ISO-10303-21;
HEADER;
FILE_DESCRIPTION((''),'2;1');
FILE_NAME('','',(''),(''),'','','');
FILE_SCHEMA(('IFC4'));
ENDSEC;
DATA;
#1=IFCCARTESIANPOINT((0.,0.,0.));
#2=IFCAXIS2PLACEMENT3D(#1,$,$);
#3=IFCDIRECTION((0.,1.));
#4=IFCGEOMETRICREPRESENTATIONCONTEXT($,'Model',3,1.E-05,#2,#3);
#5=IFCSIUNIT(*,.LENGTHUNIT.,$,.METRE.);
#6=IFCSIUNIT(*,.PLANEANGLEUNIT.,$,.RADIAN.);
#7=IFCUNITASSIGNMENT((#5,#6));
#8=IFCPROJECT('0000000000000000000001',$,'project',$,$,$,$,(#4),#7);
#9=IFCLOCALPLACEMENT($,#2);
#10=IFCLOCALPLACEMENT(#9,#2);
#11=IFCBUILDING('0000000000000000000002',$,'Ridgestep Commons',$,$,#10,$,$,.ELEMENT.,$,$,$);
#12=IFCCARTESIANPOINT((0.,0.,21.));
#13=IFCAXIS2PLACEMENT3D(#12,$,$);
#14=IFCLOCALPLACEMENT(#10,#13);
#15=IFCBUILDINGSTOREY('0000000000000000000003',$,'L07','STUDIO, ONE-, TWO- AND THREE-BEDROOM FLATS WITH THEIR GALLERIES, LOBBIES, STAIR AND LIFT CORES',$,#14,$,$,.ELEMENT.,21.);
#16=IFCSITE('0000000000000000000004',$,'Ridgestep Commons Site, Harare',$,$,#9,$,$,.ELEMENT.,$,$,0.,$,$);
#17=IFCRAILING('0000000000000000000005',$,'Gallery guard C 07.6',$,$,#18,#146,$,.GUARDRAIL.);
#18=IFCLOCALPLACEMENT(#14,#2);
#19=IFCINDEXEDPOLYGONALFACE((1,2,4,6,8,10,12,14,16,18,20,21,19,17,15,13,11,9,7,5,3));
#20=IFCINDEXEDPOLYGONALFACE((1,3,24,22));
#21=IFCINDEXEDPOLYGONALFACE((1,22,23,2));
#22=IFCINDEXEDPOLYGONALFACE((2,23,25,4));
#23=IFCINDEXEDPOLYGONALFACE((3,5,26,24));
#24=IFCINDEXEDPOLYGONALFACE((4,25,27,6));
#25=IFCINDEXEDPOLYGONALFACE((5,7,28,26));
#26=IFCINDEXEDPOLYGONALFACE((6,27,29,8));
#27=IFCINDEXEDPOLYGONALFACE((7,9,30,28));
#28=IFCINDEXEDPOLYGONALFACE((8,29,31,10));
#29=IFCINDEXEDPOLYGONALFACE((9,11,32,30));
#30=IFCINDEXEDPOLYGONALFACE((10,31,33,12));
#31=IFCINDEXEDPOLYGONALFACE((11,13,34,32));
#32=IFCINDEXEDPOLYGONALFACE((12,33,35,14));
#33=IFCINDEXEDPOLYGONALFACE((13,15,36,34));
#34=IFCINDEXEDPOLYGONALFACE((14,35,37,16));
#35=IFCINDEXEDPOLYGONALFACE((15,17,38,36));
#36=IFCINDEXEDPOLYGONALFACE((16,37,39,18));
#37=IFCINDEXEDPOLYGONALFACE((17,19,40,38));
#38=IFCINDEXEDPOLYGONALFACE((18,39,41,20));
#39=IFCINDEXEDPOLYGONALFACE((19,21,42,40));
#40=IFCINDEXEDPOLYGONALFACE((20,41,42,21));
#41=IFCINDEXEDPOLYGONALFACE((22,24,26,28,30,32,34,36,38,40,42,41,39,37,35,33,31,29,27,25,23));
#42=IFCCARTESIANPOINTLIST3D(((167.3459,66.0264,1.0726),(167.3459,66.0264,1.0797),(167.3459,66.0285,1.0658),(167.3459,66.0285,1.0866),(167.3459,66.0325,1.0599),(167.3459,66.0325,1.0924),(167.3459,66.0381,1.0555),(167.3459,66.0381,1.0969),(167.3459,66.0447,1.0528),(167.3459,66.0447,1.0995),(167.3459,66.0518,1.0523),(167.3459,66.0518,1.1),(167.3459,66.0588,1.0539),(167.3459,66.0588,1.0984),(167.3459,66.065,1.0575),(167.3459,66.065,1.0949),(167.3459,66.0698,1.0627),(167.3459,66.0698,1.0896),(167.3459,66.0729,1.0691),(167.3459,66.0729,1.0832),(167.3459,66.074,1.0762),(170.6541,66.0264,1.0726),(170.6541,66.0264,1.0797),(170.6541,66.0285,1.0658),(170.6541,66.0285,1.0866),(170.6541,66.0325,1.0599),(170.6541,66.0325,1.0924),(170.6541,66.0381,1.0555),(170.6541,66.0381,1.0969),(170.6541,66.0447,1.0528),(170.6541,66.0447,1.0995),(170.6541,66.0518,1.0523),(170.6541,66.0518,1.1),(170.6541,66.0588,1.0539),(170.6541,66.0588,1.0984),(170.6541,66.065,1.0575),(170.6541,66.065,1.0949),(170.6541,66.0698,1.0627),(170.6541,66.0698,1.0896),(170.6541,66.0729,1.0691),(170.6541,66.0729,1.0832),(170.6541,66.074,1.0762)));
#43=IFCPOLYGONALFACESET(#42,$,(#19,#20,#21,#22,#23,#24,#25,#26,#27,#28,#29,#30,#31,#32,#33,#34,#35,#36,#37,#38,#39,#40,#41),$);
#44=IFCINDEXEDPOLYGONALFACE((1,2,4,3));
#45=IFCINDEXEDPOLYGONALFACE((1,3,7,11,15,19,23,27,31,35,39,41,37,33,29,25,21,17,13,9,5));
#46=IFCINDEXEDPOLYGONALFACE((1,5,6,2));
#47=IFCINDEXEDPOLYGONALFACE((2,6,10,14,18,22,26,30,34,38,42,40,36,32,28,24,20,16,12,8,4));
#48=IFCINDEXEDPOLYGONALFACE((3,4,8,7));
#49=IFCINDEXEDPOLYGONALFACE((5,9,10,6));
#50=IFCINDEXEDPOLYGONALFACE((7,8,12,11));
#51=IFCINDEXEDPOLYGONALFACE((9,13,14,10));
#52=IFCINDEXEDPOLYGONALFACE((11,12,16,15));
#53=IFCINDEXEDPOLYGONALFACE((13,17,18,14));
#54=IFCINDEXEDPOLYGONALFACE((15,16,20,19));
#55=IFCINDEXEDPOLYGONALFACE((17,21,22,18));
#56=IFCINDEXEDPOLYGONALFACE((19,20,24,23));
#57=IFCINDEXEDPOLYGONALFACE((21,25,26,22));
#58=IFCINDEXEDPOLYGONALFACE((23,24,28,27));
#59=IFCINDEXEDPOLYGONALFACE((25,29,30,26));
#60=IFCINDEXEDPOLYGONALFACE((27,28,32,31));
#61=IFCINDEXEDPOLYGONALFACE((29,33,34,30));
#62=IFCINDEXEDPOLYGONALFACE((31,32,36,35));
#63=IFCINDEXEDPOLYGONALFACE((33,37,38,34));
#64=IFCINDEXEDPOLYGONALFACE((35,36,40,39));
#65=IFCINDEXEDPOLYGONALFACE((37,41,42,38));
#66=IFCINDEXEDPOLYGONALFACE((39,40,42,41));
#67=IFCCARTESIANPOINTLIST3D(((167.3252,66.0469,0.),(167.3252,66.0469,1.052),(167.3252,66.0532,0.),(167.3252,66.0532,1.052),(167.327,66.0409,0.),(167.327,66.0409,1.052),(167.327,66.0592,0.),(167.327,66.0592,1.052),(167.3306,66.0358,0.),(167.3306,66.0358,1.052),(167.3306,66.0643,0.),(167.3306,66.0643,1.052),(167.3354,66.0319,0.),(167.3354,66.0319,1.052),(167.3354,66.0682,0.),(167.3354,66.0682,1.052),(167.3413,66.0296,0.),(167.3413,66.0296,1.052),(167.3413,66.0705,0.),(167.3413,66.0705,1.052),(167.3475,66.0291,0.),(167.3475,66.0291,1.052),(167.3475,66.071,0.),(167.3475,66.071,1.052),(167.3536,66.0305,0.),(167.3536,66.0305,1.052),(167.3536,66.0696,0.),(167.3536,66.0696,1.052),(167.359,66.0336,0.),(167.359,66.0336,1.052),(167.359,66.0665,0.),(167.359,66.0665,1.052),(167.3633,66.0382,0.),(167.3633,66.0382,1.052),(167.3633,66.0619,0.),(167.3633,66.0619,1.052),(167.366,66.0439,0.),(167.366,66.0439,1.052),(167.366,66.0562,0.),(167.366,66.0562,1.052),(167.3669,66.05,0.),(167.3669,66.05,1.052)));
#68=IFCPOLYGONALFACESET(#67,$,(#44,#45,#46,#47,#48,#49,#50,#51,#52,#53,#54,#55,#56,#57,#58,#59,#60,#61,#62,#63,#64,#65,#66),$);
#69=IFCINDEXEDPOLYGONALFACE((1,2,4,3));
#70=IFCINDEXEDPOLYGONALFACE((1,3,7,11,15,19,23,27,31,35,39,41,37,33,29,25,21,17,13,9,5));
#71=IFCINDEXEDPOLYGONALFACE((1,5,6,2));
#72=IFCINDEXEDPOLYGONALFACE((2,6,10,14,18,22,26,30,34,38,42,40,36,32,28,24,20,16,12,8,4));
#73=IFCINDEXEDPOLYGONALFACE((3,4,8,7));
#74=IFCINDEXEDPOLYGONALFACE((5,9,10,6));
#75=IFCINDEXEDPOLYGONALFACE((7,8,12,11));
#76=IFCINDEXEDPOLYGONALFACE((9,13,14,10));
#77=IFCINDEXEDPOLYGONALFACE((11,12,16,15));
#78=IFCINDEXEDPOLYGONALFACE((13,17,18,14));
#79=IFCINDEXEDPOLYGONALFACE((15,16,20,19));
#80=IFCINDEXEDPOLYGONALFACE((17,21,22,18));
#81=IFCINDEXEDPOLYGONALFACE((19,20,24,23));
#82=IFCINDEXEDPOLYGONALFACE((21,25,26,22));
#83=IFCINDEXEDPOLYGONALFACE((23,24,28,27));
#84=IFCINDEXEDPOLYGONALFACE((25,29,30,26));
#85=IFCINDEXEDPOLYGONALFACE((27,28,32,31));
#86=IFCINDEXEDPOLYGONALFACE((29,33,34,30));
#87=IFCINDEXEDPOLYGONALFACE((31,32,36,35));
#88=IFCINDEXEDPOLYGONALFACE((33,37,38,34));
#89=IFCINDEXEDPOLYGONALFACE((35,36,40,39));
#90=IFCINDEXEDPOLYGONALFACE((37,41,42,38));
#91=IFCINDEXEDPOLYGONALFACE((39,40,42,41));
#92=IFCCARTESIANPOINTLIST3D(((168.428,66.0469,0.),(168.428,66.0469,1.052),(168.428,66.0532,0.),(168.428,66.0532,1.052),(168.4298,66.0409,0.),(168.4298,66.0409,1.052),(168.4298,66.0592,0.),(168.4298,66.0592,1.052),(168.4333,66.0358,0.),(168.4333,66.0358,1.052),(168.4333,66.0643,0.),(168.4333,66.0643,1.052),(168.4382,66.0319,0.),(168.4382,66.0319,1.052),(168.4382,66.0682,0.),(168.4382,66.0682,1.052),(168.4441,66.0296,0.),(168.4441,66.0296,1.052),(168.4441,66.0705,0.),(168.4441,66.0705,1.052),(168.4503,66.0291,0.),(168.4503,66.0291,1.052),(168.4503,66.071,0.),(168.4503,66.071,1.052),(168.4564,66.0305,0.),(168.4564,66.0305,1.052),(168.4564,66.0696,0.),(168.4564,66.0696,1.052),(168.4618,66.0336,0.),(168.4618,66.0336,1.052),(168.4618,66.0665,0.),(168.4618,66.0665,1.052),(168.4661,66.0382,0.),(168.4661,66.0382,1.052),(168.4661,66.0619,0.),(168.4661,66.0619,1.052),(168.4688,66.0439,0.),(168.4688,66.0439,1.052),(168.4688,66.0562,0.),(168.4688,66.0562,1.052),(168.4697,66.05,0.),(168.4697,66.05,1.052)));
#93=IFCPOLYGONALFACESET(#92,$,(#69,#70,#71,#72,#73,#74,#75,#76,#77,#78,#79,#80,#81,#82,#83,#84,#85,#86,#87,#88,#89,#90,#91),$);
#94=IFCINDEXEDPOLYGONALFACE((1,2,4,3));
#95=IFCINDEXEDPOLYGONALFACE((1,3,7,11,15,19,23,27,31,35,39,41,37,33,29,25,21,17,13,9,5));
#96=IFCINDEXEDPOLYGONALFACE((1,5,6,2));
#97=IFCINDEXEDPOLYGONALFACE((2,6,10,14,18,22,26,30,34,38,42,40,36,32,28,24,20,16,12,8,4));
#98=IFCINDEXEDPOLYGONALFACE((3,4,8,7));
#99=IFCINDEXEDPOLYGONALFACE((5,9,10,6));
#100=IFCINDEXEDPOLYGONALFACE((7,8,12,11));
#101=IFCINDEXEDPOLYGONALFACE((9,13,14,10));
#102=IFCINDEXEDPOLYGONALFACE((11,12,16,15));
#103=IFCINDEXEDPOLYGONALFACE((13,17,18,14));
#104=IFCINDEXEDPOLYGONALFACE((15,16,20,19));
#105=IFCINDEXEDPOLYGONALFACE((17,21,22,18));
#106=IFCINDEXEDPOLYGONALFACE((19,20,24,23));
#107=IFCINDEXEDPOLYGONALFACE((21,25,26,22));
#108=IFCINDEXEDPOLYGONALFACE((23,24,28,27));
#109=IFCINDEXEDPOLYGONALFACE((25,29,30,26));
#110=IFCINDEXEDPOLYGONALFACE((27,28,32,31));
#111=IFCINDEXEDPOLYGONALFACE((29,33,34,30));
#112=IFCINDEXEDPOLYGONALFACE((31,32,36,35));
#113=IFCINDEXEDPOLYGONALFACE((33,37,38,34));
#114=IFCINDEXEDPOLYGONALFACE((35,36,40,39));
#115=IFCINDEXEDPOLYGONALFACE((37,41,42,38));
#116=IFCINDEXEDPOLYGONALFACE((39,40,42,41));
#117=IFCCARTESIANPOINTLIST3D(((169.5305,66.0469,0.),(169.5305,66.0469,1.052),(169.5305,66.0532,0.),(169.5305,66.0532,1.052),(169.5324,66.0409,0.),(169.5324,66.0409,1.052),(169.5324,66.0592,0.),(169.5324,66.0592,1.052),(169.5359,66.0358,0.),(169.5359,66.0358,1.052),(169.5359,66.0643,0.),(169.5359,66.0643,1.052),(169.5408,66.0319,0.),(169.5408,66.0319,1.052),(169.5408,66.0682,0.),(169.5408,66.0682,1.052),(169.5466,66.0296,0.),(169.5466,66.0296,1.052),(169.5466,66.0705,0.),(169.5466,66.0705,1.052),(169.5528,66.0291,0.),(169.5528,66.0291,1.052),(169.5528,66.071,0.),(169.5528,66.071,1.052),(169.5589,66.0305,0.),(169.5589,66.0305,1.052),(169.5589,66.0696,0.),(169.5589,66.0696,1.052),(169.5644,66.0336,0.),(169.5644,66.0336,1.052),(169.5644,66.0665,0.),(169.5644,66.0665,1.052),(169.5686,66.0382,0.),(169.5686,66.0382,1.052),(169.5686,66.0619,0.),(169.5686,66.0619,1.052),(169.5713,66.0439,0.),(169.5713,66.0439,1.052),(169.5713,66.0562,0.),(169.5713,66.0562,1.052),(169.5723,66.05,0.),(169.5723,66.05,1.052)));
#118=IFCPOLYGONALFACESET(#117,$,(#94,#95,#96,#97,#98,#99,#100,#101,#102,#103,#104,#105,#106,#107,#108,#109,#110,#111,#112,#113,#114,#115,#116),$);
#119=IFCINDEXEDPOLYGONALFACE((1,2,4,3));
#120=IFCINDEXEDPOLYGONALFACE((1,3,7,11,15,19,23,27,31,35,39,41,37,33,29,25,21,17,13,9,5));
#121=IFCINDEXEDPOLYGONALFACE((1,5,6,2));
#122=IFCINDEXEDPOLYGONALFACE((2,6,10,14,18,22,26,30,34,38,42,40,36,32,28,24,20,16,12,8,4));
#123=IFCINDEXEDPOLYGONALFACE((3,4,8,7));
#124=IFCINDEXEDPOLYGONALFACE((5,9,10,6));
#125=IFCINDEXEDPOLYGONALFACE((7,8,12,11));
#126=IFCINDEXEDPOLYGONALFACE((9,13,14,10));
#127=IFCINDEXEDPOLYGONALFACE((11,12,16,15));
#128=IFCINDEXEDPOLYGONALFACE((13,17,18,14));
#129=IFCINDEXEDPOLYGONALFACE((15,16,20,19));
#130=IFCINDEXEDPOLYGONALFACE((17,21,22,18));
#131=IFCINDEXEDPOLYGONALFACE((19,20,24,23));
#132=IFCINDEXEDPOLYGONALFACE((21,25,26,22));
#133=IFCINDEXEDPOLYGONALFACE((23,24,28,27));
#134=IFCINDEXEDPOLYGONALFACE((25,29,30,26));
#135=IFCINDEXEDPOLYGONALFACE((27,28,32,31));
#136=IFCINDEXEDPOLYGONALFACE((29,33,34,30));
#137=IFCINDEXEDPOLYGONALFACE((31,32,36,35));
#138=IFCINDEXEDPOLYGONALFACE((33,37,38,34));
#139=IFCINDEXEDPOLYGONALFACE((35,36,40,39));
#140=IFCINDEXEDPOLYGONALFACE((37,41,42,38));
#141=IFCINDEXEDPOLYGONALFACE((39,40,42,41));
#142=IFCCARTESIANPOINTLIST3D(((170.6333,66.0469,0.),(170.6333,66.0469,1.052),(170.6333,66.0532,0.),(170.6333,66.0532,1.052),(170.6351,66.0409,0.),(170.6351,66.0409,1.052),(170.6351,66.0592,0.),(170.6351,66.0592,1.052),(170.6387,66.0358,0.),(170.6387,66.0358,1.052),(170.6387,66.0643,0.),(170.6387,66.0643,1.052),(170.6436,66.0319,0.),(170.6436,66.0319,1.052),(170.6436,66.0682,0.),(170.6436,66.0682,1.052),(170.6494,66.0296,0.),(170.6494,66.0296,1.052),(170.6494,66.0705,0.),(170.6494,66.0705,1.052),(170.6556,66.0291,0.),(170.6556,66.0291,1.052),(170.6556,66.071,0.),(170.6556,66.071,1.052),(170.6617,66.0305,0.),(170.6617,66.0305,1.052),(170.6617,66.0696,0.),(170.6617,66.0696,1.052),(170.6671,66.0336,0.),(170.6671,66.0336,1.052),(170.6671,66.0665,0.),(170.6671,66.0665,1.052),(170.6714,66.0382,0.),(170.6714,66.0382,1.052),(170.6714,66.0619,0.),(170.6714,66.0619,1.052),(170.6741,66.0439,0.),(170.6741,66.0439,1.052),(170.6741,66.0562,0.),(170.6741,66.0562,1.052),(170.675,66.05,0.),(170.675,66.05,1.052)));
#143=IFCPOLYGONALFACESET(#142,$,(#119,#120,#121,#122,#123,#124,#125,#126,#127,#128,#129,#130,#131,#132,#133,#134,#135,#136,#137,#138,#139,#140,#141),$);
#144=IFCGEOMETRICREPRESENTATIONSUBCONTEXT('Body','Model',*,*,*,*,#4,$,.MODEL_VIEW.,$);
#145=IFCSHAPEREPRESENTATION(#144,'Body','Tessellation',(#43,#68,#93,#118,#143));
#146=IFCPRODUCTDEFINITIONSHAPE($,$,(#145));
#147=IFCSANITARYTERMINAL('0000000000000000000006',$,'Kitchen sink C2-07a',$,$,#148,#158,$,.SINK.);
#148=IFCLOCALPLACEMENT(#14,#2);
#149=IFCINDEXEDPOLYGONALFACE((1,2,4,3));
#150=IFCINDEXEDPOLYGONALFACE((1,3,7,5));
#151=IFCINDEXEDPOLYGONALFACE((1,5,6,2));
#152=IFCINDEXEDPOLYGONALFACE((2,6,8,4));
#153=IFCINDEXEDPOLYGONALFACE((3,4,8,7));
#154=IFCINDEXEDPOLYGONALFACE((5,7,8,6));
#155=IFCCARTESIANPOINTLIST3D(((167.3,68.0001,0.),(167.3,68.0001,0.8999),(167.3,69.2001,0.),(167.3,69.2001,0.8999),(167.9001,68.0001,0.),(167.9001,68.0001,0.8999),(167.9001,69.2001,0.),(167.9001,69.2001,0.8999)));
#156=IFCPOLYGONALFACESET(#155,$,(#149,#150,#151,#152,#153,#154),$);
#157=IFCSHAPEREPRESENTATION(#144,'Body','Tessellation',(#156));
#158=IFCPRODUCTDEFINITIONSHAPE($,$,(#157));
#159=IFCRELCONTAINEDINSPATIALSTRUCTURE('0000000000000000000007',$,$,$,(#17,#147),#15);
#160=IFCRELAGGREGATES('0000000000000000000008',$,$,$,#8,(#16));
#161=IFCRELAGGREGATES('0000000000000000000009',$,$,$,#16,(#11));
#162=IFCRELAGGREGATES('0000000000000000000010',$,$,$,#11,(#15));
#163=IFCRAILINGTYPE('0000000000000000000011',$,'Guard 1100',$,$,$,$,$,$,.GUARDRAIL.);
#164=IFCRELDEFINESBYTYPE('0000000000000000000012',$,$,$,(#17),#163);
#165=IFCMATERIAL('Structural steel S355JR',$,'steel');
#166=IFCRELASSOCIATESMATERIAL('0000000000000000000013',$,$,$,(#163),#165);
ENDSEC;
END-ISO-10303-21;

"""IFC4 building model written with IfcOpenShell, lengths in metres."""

from ifc_helpers import new_model, si_unit, direction, frame, origin, origin_2d, place, context, subcontext, project, spatial, rectangle, circle, extrude, material, type_object, element, save


model = new_model("IFC4")

# Units and contexts
model_context = context("Model", 3, precision=1e-05, world=origin(), true_north=direction((0.0, 1.0)))
body_context = subcontext(model_context, "Body", "Model", "MODEL_VIEW")
ifc_project = project(units=[si_unit("LENGTHUNIT", "METRE"), si_unit("PLANEANGLEUNIT", "RADIAN")], contexts=[model_context])

# Site, building, storey
site_placement = place(None, origin())
site = spatial("IfcSite", under=ifc_project, at=site_placement, Name="Ridgestep Commons Site, Harare", CompositionType="ELEMENT", RefElevation=0.0)
building_placement = place(site_placement, origin())
building = spatial("IfcBuilding", under=site, at=building_placement, Name="Ridgestep Commons", CompositionType="ELEMENT")
storey_placement = place(building_placement, frame((0.0, 0.0, 21.0)))
storey = spatial("IfcBuildingStorey", under=building, at=storey_placement, Name="L07", Description="STUDIO, ONE-, TWO- AND THREE-BEDROOM FLATS WITH THEIR GALLERIES, LOBBIES, STAIR AND LIFT CORES", CompositionType="ELEMENT", Elevation=21.0)

# Railing
ifc_material_1 = material(Name="Structural steel S355JR", Category="steel")
railing_type = type_object("IfcRailingType", Name="Guard 1100", PredefinedType="GUARDRAIL", material=ifc_material_1)
railing_placement = place(storey_placement, frame((167.3459, 66.05, 0.0)))
element("IfcRailing", 1, at=railing_placement, inside=storey, type_object=railing_type, Name="Gallery guard C 07.6", PredefinedType="GUARDRAIL", context=body_context, shape_type="SweptSolid", body=[
    extrude(circle(Radius=0.0239, at=origin_2d()), frame((0.0, 0.0, 1.0762), z_axis=(1.0, 0.0, 0.0), x_axis=(0.0, 1.0, 0.0)), (0.0, 0.0, 1.0), 3.3081),
    extrude(circle(Radius=0.021, at=origin_2d()), origin(), (0.0, 0.0, 1.0), 1.052),
    extrude(circle(Radius=0.021, at=origin_2d()), frame((1.1028, 0.0, 0.0)), (0.0, 0.0, 1.0), 1.052),
    extrude(circle(Radius=0.021, at=origin_2d()), frame((2.2053, 0.0, 0.0)), (0.0, 0.0, 1.0), 1.052),
    extrude(circle(Radius=0.021, at=origin_2d()), frame((3.3081, 0.0, 0.0)), (0.0, 0.0, 1.0), 1.052),
])

# Sanitary terminal
sanitary_terminal_placement = place(storey_placement, frame((167.6001, 68.6001, 0.0), z_axis=(0.0, 0.0, 1.0), x_axis=(1.0, 0.0, 0.0)))
element("IfcSanitaryTerminal", 2, at=sanitary_terminal_placement, inside=storey, Name="Kitchen sink C2-07a", PredefinedType="SINK", context=body_context, shape_type="SweptSolid", body=[
    extrude(rectangle(XDim=0.6001, YDim=1.2, at=origin_2d()), origin(), (0.0, 0.0, 1.0), 0.8999),
])

save(model, "model.ifc")
